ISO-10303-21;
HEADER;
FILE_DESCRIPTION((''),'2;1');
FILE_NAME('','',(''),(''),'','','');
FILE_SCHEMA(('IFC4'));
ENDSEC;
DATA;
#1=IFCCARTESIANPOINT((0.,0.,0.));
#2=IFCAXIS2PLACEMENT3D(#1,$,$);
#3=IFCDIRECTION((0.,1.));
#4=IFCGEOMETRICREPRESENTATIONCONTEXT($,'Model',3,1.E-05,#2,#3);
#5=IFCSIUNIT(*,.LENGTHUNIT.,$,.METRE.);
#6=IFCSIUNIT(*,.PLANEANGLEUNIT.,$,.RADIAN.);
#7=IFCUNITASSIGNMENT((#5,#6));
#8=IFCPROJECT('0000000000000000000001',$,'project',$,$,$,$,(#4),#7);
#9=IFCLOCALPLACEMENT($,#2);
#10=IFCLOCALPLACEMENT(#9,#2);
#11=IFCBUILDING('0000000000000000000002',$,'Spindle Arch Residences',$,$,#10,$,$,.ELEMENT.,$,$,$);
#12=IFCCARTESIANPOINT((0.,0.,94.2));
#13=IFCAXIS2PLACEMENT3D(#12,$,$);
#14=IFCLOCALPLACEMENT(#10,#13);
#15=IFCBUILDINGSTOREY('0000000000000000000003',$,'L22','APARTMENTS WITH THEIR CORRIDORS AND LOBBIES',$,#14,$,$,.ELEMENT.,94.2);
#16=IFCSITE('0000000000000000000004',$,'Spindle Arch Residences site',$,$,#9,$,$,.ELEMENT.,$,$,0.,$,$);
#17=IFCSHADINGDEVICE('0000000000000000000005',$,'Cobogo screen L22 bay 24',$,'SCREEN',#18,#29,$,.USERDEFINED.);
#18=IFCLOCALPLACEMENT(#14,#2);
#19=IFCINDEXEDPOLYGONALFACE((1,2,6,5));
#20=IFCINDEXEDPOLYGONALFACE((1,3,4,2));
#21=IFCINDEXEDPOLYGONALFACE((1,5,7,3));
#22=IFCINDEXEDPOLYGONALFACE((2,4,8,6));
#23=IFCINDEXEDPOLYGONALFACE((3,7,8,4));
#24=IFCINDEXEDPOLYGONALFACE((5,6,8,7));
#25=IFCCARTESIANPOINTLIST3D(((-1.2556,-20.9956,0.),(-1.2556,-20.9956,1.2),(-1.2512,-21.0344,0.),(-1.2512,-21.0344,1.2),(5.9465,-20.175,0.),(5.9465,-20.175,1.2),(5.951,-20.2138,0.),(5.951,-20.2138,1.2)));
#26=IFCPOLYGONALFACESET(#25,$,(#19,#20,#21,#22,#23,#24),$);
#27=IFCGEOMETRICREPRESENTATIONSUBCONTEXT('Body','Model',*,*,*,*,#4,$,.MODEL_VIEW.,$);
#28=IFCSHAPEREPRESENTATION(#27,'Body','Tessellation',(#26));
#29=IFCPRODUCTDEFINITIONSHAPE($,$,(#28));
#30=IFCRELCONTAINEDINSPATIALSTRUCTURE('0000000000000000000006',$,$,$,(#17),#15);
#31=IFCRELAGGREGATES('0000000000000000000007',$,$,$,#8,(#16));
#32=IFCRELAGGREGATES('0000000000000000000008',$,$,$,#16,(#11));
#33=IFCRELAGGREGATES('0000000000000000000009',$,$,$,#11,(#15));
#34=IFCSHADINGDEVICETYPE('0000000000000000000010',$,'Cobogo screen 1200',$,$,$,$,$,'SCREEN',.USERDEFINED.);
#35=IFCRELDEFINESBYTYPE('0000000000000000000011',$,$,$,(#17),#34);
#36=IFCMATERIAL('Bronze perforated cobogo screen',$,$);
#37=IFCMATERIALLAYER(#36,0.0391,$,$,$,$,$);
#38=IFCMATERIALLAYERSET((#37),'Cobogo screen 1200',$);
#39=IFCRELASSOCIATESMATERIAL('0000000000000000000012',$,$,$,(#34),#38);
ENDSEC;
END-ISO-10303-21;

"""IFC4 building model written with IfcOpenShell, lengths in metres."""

from ifc_helpers import new_model, si_unit, direction, frame, origin, origin_2d, place, context, subcontext, project, spatial, rectangle, extrude, material, layer, layer_set, type_object, element, save


model = new_model("IFC4")

# Units and contexts
model_context = context("Model", 3, precision=1e-05, world=origin(), true_north=direction((0.0, 1.0)))
body_context = subcontext(model_context, "Body", "Model", "MODEL_VIEW")
ifc_project = project(units=[si_unit("LENGTHUNIT", "METRE"), si_unit("PLANEANGLEUNIT", "RADIAN")], contexts=[model_context])

# Site, building, storey
site_placement = place(None, origin())
site = spatial("IfcSite", under=ifc_project, at=site_placement, Name="Spindle Arch Residences site", CompositionType="ELEMENT", RefElevation=0.0)
building_placement = place(site_placement, origin())
building = spatial("IfcBuilding", under=site, at=building_placement, Name="Spindle Arch Residences", CompositionType="ELEMENT")
storey_placement = place(building_placement, frame((0.0, 0.0, 94.2)))
storey = spatial("IfcBuildingStorey", under=building, at=storey_placement, Name="L22", Description="APARTMENTS WITH THEIR CORRIDORS AND LOBBIES", CompositionType="ELEMENT", Elevation=94.2)

# Shading device
ifc_material_1 = material(Name="Bronze perforated cobogo screen")
ifc_layer_1 = layer(ifc_material_1, 0.0391)
ifc_layer_set_1 = layer_set([ifc_layer_1], Name="Cobogo screen 1200")
shading_device_type = type_object("IfcShadingDeviceType", Name="Cobogo screen 1200", ElementType="SCREEN", PredefinedType="USERDEFINED", material=ifc_layer_set_1)
for number, where, z_axis, x_axis, name in (
    (1, (2.3477, -20.6047, 0.0), (0.0, 0.0, 1.0), (0.993572, 0.113203, 0.0), "Cobogo screen L22 bay 24"),
):
    element("IfcShadingDevice", number, at=place(storey_placement, frame(where, z_axis=z_axis, x_axis=x_axis)), inside=storey, type_object=shading_device_type, Name=name, ObjectType="SCREEN", PredefinedType="USERDEFINED", context=body_context, shape_type="SweptSolid", body=[
        extrude(rectangle(XDim=7.2488, YDim=0.0391, at=origin_2d()), origin(), (0.0, 0.0, 1.0), 1.2),
    ])

save(model, "model.ifc")
